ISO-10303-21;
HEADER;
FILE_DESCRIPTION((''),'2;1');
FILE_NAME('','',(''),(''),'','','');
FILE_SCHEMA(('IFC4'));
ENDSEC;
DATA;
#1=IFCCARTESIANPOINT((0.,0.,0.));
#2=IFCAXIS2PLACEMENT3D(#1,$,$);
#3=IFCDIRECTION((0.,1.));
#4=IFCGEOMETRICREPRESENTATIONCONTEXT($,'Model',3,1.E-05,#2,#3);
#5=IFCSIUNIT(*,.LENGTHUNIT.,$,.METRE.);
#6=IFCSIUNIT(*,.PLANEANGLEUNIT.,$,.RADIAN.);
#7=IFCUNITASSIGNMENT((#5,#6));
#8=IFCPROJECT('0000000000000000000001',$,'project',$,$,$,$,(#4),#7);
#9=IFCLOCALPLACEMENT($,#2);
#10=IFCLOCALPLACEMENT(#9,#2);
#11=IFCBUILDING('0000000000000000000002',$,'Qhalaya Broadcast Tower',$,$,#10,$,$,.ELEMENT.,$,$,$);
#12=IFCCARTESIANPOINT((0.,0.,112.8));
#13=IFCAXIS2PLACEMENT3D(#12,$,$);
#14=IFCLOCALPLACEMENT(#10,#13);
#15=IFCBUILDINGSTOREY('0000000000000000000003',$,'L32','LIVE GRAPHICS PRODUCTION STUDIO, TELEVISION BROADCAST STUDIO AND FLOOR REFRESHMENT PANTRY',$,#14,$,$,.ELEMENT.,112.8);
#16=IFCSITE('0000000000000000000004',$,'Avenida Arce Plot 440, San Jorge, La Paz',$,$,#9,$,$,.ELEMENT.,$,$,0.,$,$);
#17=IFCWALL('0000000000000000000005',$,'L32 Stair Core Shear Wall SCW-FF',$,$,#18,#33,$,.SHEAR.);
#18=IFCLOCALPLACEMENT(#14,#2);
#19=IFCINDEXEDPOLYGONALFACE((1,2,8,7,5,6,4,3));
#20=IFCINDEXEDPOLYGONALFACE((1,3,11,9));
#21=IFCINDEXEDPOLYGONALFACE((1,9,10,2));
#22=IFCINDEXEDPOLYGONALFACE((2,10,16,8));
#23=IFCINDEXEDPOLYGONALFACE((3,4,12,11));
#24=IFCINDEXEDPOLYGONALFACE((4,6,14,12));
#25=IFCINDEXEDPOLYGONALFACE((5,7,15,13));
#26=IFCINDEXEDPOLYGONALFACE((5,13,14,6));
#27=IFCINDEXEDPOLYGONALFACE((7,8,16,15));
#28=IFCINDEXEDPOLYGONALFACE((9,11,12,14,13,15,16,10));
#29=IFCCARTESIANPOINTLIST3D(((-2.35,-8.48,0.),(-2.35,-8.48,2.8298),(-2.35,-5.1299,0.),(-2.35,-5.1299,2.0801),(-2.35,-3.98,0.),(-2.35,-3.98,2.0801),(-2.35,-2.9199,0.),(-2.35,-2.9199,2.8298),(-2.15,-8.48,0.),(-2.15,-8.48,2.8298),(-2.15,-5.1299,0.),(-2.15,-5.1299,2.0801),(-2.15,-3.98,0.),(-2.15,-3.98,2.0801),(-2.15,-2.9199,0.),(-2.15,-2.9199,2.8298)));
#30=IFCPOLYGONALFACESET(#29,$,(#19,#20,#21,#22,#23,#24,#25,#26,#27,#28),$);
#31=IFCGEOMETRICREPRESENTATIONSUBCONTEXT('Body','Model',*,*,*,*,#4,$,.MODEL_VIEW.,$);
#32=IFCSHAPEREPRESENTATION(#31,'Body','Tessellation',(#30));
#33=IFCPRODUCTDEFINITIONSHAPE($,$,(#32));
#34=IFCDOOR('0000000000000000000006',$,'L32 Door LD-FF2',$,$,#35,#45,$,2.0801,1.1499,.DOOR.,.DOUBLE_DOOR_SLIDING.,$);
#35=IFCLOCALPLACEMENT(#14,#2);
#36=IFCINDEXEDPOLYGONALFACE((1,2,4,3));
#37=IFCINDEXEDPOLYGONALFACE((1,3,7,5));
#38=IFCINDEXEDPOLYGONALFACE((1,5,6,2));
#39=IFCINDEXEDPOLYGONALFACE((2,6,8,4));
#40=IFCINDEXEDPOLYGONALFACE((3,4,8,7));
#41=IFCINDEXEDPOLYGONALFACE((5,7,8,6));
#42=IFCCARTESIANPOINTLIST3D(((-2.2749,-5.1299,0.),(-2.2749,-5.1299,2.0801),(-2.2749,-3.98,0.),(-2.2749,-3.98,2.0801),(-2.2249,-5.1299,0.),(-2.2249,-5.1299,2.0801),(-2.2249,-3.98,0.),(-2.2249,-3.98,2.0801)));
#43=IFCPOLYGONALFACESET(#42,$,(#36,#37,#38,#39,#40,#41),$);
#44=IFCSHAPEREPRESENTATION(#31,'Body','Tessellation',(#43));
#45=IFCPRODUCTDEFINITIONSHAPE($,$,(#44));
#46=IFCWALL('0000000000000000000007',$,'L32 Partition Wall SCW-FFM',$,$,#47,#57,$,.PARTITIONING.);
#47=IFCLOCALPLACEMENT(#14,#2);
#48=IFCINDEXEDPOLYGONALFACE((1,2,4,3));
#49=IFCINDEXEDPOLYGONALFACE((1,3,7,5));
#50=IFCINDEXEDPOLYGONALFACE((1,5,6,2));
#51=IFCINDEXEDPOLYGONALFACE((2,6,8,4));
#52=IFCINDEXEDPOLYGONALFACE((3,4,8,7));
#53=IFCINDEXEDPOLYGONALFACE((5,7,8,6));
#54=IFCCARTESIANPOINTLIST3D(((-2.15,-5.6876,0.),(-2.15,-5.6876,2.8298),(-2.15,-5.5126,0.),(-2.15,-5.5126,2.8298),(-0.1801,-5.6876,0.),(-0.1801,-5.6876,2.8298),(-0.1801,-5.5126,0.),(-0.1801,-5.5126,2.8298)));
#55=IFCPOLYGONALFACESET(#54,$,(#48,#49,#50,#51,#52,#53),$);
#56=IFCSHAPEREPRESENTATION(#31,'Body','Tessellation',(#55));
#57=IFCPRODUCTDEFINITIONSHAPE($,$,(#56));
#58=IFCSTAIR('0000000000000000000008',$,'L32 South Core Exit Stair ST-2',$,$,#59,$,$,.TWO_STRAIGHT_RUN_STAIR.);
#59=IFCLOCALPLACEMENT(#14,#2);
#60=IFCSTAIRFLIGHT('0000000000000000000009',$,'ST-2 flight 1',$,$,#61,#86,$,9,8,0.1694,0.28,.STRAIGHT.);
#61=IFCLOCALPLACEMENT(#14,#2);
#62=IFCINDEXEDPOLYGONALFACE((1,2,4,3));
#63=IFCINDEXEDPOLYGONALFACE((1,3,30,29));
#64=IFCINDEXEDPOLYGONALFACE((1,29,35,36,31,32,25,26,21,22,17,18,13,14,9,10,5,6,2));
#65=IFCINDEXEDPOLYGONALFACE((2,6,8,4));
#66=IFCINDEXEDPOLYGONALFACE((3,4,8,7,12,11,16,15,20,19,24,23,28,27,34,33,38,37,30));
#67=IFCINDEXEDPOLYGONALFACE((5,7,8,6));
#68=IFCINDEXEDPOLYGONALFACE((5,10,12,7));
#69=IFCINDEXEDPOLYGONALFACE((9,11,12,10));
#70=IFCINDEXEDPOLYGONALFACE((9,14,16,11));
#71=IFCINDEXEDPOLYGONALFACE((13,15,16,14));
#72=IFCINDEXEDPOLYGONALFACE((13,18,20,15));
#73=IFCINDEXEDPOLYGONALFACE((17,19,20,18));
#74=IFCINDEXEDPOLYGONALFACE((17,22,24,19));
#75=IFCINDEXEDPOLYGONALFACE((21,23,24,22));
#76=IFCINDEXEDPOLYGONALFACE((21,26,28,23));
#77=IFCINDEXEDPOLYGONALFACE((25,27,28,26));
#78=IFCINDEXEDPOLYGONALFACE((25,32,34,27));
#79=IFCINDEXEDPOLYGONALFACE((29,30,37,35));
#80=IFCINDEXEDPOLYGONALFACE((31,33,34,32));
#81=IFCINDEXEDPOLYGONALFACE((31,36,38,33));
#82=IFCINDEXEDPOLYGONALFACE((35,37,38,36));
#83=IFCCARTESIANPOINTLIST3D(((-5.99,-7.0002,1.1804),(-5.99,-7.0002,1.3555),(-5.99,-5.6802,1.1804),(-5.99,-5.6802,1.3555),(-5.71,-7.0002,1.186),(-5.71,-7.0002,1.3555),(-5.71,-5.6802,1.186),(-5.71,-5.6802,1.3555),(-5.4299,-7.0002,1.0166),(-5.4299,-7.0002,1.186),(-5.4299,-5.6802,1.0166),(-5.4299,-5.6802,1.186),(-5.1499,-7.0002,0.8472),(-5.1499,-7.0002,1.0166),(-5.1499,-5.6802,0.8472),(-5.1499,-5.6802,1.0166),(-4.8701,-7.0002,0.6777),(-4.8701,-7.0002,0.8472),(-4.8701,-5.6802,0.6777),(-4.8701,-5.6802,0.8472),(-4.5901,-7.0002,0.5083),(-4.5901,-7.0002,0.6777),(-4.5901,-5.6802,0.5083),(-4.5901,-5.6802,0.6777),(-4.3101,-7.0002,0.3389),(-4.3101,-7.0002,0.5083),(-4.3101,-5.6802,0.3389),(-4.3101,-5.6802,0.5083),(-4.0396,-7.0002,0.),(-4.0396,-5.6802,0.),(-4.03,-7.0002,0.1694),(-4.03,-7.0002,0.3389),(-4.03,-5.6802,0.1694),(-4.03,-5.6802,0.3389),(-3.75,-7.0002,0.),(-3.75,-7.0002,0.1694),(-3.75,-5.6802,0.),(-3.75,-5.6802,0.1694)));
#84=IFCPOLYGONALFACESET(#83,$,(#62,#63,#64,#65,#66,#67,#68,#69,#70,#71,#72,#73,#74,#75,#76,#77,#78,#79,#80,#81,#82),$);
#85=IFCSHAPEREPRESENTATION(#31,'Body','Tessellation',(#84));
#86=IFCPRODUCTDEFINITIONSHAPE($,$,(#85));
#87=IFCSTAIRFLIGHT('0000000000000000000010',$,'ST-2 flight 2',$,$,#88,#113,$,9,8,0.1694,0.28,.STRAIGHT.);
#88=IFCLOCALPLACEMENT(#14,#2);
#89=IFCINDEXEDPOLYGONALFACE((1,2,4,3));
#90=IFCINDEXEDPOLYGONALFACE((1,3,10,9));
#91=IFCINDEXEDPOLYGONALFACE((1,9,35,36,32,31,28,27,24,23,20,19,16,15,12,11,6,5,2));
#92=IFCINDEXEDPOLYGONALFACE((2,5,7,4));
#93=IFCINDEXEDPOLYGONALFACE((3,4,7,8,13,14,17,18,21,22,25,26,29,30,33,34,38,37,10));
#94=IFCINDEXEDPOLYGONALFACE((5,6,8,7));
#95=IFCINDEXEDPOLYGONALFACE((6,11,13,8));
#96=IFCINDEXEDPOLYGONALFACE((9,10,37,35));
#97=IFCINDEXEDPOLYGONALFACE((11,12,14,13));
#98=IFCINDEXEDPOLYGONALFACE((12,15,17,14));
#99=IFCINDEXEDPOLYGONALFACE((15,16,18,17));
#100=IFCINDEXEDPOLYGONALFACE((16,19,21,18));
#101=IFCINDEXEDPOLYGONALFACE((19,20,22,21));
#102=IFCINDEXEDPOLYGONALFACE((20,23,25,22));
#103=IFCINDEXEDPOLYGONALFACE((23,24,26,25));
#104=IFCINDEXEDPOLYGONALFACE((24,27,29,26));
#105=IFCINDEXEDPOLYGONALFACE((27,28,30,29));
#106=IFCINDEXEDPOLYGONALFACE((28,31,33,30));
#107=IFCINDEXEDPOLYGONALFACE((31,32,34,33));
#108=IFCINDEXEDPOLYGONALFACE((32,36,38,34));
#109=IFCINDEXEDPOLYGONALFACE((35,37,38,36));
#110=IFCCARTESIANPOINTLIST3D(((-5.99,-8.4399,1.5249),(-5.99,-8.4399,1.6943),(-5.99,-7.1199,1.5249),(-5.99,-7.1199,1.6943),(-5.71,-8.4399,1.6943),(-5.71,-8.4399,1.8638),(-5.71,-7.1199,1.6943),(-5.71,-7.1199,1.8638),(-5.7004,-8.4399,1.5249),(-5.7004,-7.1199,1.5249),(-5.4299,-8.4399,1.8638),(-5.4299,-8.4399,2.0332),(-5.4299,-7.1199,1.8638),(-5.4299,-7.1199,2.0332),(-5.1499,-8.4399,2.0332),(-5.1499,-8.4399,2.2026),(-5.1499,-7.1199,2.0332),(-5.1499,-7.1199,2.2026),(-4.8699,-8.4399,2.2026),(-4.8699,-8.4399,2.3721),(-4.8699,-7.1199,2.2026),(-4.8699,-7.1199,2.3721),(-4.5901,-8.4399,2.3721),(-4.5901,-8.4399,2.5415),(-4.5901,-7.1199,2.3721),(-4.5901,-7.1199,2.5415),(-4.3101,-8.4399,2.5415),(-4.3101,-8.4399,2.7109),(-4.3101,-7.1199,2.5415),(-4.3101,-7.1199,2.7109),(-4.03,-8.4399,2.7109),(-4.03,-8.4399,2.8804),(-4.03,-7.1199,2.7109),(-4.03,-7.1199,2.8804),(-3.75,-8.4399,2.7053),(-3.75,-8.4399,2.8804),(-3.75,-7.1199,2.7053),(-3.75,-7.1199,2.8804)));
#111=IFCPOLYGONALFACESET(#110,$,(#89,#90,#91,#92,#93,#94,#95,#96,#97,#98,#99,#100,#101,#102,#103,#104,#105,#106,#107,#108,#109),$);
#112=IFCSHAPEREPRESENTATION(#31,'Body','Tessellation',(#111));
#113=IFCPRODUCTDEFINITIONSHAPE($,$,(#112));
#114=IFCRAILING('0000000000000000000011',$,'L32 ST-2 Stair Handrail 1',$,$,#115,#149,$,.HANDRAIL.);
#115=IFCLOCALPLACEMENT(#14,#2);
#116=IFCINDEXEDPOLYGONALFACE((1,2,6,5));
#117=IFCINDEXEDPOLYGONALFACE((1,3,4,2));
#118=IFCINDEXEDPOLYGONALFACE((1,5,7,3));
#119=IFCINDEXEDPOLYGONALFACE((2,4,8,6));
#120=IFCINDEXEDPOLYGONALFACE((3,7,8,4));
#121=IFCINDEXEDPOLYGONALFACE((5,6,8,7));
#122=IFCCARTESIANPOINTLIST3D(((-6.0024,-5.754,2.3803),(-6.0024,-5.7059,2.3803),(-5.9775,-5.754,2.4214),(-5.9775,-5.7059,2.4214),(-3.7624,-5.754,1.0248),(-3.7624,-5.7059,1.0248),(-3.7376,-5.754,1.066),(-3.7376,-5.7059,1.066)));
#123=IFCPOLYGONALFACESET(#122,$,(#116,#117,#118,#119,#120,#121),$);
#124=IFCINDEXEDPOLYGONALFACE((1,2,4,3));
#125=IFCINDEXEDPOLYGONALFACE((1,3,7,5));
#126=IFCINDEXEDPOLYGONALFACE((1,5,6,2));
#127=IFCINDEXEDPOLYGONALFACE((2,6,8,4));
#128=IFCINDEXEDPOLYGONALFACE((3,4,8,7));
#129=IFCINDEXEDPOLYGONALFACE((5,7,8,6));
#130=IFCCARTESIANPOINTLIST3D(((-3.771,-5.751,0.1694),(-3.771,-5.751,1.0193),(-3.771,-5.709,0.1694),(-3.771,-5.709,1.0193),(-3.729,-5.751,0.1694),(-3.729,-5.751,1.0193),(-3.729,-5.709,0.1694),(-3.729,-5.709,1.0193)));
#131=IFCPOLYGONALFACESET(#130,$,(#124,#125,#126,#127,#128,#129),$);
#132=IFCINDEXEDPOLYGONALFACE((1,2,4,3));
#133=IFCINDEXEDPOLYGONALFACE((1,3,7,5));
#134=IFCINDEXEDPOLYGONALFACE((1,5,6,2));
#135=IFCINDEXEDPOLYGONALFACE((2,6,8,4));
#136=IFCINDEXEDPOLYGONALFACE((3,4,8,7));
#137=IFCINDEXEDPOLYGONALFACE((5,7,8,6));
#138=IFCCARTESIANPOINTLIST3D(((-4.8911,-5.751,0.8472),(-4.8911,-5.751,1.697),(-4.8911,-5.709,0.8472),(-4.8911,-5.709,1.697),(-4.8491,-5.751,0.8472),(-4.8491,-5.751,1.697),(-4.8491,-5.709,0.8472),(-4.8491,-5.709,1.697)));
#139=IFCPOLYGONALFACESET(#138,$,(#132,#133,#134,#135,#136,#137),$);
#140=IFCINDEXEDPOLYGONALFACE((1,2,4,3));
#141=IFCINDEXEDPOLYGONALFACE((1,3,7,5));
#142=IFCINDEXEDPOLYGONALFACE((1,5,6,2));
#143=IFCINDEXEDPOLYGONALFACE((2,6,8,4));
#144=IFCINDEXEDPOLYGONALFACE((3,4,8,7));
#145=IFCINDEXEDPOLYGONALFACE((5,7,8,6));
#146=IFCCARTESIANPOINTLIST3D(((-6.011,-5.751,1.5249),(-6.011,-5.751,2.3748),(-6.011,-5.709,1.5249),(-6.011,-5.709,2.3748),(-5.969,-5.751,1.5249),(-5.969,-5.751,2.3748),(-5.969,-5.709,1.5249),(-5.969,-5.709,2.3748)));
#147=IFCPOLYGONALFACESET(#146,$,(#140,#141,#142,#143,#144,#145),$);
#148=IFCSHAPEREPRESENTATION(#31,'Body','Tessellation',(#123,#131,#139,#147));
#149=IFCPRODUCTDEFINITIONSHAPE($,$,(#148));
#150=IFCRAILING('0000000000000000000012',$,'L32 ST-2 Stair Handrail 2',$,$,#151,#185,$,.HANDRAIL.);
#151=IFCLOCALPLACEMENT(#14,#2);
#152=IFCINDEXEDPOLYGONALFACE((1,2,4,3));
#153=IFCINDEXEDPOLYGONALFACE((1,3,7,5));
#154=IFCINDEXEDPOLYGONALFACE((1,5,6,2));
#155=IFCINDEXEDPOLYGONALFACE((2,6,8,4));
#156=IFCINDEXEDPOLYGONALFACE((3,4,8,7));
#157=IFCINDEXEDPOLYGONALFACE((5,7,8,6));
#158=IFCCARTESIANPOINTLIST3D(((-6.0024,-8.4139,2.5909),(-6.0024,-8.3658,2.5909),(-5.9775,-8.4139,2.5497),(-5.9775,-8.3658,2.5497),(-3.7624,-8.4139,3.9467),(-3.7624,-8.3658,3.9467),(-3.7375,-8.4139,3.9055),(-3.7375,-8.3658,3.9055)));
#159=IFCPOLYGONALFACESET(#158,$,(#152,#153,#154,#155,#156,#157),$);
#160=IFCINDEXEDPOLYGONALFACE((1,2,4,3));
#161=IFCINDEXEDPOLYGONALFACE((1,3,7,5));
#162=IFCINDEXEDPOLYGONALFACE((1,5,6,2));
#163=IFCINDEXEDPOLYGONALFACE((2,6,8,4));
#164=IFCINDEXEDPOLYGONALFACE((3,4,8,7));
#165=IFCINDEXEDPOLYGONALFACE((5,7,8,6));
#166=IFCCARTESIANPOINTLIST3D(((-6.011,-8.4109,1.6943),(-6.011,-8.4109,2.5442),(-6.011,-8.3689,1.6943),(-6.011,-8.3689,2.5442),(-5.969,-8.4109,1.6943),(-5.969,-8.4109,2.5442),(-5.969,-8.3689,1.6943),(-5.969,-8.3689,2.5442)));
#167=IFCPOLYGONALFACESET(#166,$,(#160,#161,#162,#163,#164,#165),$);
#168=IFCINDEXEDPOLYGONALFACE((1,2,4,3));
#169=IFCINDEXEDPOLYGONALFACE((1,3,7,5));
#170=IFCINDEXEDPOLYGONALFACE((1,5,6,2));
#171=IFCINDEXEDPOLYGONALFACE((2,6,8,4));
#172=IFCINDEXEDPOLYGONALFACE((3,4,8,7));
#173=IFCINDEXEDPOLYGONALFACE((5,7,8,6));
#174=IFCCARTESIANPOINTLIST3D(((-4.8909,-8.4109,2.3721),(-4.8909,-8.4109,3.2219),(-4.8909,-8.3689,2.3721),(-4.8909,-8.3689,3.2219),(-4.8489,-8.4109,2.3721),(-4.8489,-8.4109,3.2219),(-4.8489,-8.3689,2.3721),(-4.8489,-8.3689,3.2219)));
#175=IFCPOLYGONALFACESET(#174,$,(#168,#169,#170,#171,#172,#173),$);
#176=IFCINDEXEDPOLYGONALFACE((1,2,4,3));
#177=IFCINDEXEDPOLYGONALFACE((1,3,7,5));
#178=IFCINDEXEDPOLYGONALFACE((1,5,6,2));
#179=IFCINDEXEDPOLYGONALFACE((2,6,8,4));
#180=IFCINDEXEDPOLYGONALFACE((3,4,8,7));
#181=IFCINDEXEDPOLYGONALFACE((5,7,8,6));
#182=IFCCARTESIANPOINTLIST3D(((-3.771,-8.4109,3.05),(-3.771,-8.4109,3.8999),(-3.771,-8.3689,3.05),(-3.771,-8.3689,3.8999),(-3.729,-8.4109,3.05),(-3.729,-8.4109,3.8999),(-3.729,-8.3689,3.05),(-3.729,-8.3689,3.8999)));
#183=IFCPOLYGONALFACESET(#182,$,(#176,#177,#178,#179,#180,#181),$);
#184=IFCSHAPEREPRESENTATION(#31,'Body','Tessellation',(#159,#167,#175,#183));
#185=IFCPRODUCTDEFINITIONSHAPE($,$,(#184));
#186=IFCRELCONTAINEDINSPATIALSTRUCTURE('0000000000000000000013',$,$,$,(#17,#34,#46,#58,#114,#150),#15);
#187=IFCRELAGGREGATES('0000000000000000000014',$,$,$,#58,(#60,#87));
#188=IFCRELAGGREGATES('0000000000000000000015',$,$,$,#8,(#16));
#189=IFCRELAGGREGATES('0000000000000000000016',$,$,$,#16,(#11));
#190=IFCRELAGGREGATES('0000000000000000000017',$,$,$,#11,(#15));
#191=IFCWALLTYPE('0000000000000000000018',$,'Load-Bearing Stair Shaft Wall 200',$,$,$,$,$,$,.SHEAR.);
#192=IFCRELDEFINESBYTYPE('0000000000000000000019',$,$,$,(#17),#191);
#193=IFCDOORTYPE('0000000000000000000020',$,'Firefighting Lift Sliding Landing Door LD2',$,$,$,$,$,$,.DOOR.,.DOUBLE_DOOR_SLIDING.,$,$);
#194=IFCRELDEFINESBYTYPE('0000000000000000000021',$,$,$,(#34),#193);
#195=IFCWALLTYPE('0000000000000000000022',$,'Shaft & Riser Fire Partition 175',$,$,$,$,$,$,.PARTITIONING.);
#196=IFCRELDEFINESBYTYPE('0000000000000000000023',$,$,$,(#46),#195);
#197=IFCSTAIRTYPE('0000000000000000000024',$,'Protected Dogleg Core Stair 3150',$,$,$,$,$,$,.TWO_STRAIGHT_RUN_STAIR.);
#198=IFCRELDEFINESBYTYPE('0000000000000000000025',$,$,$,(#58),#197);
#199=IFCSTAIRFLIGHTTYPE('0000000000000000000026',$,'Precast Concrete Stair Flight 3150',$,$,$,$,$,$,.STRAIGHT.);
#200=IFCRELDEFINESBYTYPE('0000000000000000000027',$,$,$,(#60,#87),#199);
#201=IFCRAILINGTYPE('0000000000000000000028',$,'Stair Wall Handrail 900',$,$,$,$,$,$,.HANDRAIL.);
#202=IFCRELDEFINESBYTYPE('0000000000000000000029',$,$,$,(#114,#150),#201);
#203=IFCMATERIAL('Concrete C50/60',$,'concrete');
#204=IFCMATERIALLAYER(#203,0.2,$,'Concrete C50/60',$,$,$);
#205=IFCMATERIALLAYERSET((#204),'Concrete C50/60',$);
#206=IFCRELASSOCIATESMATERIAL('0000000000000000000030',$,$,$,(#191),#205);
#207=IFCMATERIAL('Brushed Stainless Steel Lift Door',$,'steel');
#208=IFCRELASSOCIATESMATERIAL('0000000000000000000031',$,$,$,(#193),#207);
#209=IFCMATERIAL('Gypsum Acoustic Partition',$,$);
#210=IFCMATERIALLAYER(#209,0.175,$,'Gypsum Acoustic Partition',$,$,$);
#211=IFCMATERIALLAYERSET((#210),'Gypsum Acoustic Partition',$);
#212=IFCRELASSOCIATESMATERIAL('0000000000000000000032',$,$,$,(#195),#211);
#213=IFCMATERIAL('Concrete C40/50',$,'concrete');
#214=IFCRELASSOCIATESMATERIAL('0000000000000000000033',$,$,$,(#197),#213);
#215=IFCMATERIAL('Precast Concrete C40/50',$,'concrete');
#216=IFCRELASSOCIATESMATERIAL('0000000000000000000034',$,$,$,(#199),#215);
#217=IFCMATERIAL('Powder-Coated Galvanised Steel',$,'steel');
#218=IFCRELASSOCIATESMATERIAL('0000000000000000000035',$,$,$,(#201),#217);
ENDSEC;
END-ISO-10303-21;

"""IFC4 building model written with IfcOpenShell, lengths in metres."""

from ifc_helpers import new_model, si_unit, direction, frame, frame_2d, origin, origin_2d, place, context, subcontext, project, spatial, polyline, rectangle, outline, extrude, material, layer, layer_set, type_object, element, fill, aggregate, save


model = new_model("IFC4")

# Units and contexts
model_context = context("Model", 3, precision=1e-05, world=origin(), true_north=direction((0.0, 1.0)))
body_context = subcontext(model_context, "Body", "Model", "MODEL_VIEW")
ifc_project = project(units=[si_unit("LENGTHUNIT", "METRE"), si_unit("PLANEANGLEUNIT", "RADIAN")], contexts=[model_context])

# Site, building, storey
site_placement = place(None, origin())
site = spatial("IfcSite", under=ifc_project, at=site_placement, Name="Avenida Arce Plot 440, San Jorge, La Paz", CompositionType="ELEMENT", RefElevation=0.0)
building_placement = place(site_placement, origin())
building = spatial("IfcBuilding", under=site, at=building_placement, Name="Qhalaya Broadcast Tower", CompositionType="ELEMENT")
storey_placement = place(building_placement, frame((0.0, 0.0, 112.8)))
storey = spatial("IfcBuildingStorey", under=building, at=storey_placement, Name="L32", Description="LIVE GRAPHICS PRODUCTION STUDIO, TELEVISION BROADCAST STUDIO AND FLOOR REFRESHMENT PANTRY", CompositionType="ELEMENT", Elevation=112.8)

# Wall, opening, door
ifc_material_1 = material(Name="Concrete C50/60", Category="concrete")
ifc_layer_1 = layer(ifc_material_1, 0.2, Name="Concrete C50/60")
ifc_layer_set_1 = layer_set([ifc_layer_1], Name="Concrete C50/60")
wall_type_1 = type_object("IfcWallType", Name="Load-Bearing Stair Shaft Wall 200", PredefinedType="SHEAR", material=ifc_layer_set_1)
wall_1_placement = place(storey_placement, frame((-2.25, -8.48, 0.0), z_axis=(0.0, 0.0, 1.0), x_axis=(0.0, 1.0, 0.0)))
wall_1 = element("IfcWall", 1, at=wall_1_placement, inside=storey, type_object=wall_type_1, Name="L32 Stair Core Shear Wall SCW-FF", PredefinedType="SHEAR", context=body_context, shape_type="SweptSolid", body=[
    extrude(rectangle(XDim=5.5601, YDim=0.2, at=frame_2d((2.78, 0.0))), origin(), (0.0, 0.0, 1.0), 2.8298),
])
opening_1_placement = place(wall_1_placement, frame((3.3501, 0.0, 0.0)))
opening_1 = element("IfcOpeningElement", 2, at=opening_1_placement, cuts=wall_1, PredefinedType="OPENING", context=body_context, shape_type="SweptSolid", body=[
    extrude(rectangle(XDim=1.1499, YDim=2.0801, at=frame_2d((0.575, 1.04))), frame((0.0, 0.1121, 0.0), z_axis=(0.0, -1.0, 0.0), x_axis=(1.0, 0.0, 0.0)), (0.0, 0.0, 1.0), 0.2239),
])
ifc_material_2 = material(Name="Brushed Stainless Steel Lift Door", Category="steel")
door_type_1 = type_object("IfcDoorType", Name="Firefighting Lift Sliding Landing Door LD2", OperationType="DOUBLE_DOOR_SLIDING", PredefinedType="DOOR", material=ifc_material_2)
door_1_placement = place(opening_1_placement, origin())
door_1 = element("IfcDoor", 3, at=door_1_placement, inside=storey, type_object=door_type_1, Name="L32 Door LD-FF2", OperationType="DOUBLE_DOOR_SLIDING", OverallHeight=2.0801, OverallWidth=1.1499, PredefinedType="DOOR", context=body_context, shape_type="SweptSolid", body=[
    extrude(rectangle(XDim=1.1499, YDim=2.0801, at=frame_2d((0.575, 1.04))), frame((0.0, 0.0249, 0.0), z_axis=(0.0, -1.0, 0.0), x_axis=(1.0, 0.0, 0.0)), (0.0, 0.0, 1.0), 0.05),
])
fill(opening_1, door_1)

# Wall
ifc_material_3 = material(Name="Gypsum Acoustic Partition")
ifc_layer_2 = layer(ifc_material_3, 0.175, Name="Gypsum Acoustic Partition")
ifc_layer_set_2 = layer_set([ifc_layer_2], Name="Gypsum Acoustic Partition")
wall_type_2 = type_object("IfcWallType", Name="Shaft & Riser Fire Partition 175", PredefinedType="PARTITIONING", material=ifc_layer_set_2)
wall_2_placement = place(storey_placement, frame((-2.1499, -5.6001, 0.0), z_axis=(0.0, 0.0, 1.0), x_axis=(1.0, 0.0, 0.0)))
element("IfcWall", 4, at=wall_2_placement, inside=storey, type_object=wall_type_2, Name="L32 Partition Wall SCW-FFM", PredefinedType="PARTITIONING", context=body_context, shape_type="SweptSolid", body=[
    extrude(rectangle(XDim=1.97, YDim=0.175, at=frame_2d((0.9849, 0.0))), origin(), (0.0, 0.0, 1.0), 2.8298),
])

# Stair, stair flights
ifc_material_4 = material(Name="Concrete C40/50", Category="concrete")
stair_type = type_object("IfcStairType", Name="Protected Dogleg Core Stair 3150", PredefinedType="TWO_STRAIGHT_RUN_STAIR", material=ifc_material_4)
stair_placement = place(storey_placement, origin())
stair = element("IfcStair", 5, at=stair_placement, inside=storey, type_object=stair_type, Name="L32 South Core Exit Stair ST-2", PredefinedType="TWO_STRAIGHT_RUN_STAIR")
ifc_material_5 = material(Name="Precast Concrete C40/50", Category="concrete")
stair_flight_type = type_object("IfcStairFlightType", Name="Precast Concrete Stair Flight 3150", PredefinedType="STRAIGHT", material=ifc_material_5)
stair_flight_1_placement = place(storey_placement, frame((-3.75, -6.3401, 0.0), z_axis=(0.0, 0.0, 1.0), x_axis=(-1.0, 0.0, 0.0)))
stair_flight_1 = element("IfcStairFlight", 6, at=stair_flight_1_placement, type_object=stair_flight_type, Name="ST-2 flight 1", NumberOfRisers=9, NumberOfTreads=8, PredefinedType="STRAIGHT", RiserHeight=0.1694, TreadLength=0.28, context=body_context, shape_type="SweptSolid", body=[
    extrude(outline(polyline([(0.0, 0.0), (0.0, 0.1694), (0.28, 0.1694), (0.28, 0.3389), (0.5601, 0.3389), (0.5601, 0.5083), (0.8401, 0.5083), (0.8401, 0.6777), (1.1201, 0.6777), (1.1201, 0.8472), (1.3999, 0.8472), (1.3999, 1.0166), (1.6799, 1.0166), (1.6799, 1.186), (1.96, 1.186), (1.96, 1.3555), (2.24, 1.3555), (2.24, 1.5249), (2.24, 1.1804), (0.2896, 0.0), (0.0, 0.0)])), frame((0.0, 0.6602, 0.0), z_axis=(0.0, -1.0, 0.0), x_axis=(1.0, 0.0, 0.0)), (0.0, 0.0, 1.0), 1.3201),
])
stair_flight_2_placement = place(storey_placement, frame((-5.99, -7.78, 1.5249), z_axis=(0.0, 0.0, 1.0), x_axis=(1.0, 0.0, 0.0)))
stair_flight_2 = element("IfcStairFlight", 7, at=stair_flight_2_placement, type_object=stair_flight_type, Name="ST-2 flight 2", NumberOfRisers=9, NumberOfTreads=8, PredefinedType="STRAIGHT", RiserHeight=0.1694, TreadLength=0.28, context=body_context, shape_type="SweptSolid", body=[
    extrude(outline(polyline([(0.0, 0.0), (0.0, 0.1694), (0.28, 0.1694), (0.28, 0.3389), (0.5601, 0.3389), (0.5601, 0.5083), (0.8401, 0.5083), (0.8401, 0.6777), (1.1201, 0.6777), (1.1201, 0.8472), (1.3999, 0.8472), (1.3999, 1.0166), (1.6799, 1.0166), (1.6799, 1.186), (1.96, 1.186), (1.96, 1.3555), (2.24, 1.3555), (2.24, 1.5249), (2.24, 1.1804), (0.2896, 0.0), (0.0, 0.0)])), frame((0.0, 0.6602, 0.0), z_axis=(0.0, -1.0, 0.0), x_axis=(1.0, 0.0, 0.0)), (0.0, 0.0, 1.0), 1.3201),
])
aggregate(stair, [stair_flight_1, stair_flight_2])

# Railings
ifc_material_6 = material(Name="Powder-Coated Galvanised Steel", Category="steel")
railing_type_1 = type_object("IfcRailingType", Name="Stair Wall Handrail 900", PredefinedType="HANDRAIL", material=ifc_material_6)
railing_1_placement = place(storey_placement, frame((-3.75, -5.73, 0.1694)))
element("IfcRailing", 8, at=railing_1_placement, inside=storey, type_object=railing_type_1, Name="L32 ST-2 Stair Handrail 1", PredefinedType="HANDRAIL", context=body_context, shape_type="SweptSolid", body=[
    extrude(rectangle(XDim=0.0481, YDim=0.0481, at=origin_2d()), frame((0.0, 0.0, 0.876), z_axis=(-0.855553, 0.0, 0.517715), x_axis=(0.0, -1.0, 0.0)), (0.0, 0.0, 1.0), 2.6182),
    extrude(rectangle(XDim=0.042, YDim=0.042, at=origin_2d()), origin(), (0.0, 0.0, 1.0), 0.8499),
    extrude(rectangle(XDim=0.042, YDim=0.042, at=origin_2d()), frame((-1.1201, 0.0, 0.6777)), (0.0, 0.0, 1.0), 0.8499),
    extrude(rectangle(XDim=0.042, YDim=0.042, at=origin_2d()), frame((-2.24, 0.0, 1.3555)), (0.0, 0.0, 1.0), 0.8499),
])
railing_2_placement = place(storey_placement, frame((-5.99, -8.3899, 1.6943)))
element("IfcRailing", 9, at=railing_2_placement, inside=storey, type_object=railing_type_1, Name="L32 ST-2 Stair Handrail 2", PredefinedType="HANDRAIL", context=body_context, shape_type="SweptSolid", body=[
    extrude(rectangle(XDim=0.0481, YDim=0.0481, at=origin_2d()), frame((0.0, 0.0, 0.876), z_axis=(0.855512, 0.0, 0.517783), x_axis=(0.0, 1.0, 0.0)), (0.0, 0.0, 1.0), 2.6184),
    extrude(rectangle(XDim=0.042, YDim=0.042, at=origin_2d()), origin(), (0.0, 0.0, 1.0), 0.8499),
    extrude(rectangle(XDim=0.042, YDim=0.042, at=origin_2d()), frame((1.1201, 0.0, 0.6777)), (0.0, 0.0, 1.0), 0.8499),
    extrude(rectangle(XDim=0.042, YDim=0.042, at=origin_2d()), frame((2.24, 0.0, 1.3557)), (0.0, 0.0, 1.0), 0.8499),
])

save(model, "model.ifc")
